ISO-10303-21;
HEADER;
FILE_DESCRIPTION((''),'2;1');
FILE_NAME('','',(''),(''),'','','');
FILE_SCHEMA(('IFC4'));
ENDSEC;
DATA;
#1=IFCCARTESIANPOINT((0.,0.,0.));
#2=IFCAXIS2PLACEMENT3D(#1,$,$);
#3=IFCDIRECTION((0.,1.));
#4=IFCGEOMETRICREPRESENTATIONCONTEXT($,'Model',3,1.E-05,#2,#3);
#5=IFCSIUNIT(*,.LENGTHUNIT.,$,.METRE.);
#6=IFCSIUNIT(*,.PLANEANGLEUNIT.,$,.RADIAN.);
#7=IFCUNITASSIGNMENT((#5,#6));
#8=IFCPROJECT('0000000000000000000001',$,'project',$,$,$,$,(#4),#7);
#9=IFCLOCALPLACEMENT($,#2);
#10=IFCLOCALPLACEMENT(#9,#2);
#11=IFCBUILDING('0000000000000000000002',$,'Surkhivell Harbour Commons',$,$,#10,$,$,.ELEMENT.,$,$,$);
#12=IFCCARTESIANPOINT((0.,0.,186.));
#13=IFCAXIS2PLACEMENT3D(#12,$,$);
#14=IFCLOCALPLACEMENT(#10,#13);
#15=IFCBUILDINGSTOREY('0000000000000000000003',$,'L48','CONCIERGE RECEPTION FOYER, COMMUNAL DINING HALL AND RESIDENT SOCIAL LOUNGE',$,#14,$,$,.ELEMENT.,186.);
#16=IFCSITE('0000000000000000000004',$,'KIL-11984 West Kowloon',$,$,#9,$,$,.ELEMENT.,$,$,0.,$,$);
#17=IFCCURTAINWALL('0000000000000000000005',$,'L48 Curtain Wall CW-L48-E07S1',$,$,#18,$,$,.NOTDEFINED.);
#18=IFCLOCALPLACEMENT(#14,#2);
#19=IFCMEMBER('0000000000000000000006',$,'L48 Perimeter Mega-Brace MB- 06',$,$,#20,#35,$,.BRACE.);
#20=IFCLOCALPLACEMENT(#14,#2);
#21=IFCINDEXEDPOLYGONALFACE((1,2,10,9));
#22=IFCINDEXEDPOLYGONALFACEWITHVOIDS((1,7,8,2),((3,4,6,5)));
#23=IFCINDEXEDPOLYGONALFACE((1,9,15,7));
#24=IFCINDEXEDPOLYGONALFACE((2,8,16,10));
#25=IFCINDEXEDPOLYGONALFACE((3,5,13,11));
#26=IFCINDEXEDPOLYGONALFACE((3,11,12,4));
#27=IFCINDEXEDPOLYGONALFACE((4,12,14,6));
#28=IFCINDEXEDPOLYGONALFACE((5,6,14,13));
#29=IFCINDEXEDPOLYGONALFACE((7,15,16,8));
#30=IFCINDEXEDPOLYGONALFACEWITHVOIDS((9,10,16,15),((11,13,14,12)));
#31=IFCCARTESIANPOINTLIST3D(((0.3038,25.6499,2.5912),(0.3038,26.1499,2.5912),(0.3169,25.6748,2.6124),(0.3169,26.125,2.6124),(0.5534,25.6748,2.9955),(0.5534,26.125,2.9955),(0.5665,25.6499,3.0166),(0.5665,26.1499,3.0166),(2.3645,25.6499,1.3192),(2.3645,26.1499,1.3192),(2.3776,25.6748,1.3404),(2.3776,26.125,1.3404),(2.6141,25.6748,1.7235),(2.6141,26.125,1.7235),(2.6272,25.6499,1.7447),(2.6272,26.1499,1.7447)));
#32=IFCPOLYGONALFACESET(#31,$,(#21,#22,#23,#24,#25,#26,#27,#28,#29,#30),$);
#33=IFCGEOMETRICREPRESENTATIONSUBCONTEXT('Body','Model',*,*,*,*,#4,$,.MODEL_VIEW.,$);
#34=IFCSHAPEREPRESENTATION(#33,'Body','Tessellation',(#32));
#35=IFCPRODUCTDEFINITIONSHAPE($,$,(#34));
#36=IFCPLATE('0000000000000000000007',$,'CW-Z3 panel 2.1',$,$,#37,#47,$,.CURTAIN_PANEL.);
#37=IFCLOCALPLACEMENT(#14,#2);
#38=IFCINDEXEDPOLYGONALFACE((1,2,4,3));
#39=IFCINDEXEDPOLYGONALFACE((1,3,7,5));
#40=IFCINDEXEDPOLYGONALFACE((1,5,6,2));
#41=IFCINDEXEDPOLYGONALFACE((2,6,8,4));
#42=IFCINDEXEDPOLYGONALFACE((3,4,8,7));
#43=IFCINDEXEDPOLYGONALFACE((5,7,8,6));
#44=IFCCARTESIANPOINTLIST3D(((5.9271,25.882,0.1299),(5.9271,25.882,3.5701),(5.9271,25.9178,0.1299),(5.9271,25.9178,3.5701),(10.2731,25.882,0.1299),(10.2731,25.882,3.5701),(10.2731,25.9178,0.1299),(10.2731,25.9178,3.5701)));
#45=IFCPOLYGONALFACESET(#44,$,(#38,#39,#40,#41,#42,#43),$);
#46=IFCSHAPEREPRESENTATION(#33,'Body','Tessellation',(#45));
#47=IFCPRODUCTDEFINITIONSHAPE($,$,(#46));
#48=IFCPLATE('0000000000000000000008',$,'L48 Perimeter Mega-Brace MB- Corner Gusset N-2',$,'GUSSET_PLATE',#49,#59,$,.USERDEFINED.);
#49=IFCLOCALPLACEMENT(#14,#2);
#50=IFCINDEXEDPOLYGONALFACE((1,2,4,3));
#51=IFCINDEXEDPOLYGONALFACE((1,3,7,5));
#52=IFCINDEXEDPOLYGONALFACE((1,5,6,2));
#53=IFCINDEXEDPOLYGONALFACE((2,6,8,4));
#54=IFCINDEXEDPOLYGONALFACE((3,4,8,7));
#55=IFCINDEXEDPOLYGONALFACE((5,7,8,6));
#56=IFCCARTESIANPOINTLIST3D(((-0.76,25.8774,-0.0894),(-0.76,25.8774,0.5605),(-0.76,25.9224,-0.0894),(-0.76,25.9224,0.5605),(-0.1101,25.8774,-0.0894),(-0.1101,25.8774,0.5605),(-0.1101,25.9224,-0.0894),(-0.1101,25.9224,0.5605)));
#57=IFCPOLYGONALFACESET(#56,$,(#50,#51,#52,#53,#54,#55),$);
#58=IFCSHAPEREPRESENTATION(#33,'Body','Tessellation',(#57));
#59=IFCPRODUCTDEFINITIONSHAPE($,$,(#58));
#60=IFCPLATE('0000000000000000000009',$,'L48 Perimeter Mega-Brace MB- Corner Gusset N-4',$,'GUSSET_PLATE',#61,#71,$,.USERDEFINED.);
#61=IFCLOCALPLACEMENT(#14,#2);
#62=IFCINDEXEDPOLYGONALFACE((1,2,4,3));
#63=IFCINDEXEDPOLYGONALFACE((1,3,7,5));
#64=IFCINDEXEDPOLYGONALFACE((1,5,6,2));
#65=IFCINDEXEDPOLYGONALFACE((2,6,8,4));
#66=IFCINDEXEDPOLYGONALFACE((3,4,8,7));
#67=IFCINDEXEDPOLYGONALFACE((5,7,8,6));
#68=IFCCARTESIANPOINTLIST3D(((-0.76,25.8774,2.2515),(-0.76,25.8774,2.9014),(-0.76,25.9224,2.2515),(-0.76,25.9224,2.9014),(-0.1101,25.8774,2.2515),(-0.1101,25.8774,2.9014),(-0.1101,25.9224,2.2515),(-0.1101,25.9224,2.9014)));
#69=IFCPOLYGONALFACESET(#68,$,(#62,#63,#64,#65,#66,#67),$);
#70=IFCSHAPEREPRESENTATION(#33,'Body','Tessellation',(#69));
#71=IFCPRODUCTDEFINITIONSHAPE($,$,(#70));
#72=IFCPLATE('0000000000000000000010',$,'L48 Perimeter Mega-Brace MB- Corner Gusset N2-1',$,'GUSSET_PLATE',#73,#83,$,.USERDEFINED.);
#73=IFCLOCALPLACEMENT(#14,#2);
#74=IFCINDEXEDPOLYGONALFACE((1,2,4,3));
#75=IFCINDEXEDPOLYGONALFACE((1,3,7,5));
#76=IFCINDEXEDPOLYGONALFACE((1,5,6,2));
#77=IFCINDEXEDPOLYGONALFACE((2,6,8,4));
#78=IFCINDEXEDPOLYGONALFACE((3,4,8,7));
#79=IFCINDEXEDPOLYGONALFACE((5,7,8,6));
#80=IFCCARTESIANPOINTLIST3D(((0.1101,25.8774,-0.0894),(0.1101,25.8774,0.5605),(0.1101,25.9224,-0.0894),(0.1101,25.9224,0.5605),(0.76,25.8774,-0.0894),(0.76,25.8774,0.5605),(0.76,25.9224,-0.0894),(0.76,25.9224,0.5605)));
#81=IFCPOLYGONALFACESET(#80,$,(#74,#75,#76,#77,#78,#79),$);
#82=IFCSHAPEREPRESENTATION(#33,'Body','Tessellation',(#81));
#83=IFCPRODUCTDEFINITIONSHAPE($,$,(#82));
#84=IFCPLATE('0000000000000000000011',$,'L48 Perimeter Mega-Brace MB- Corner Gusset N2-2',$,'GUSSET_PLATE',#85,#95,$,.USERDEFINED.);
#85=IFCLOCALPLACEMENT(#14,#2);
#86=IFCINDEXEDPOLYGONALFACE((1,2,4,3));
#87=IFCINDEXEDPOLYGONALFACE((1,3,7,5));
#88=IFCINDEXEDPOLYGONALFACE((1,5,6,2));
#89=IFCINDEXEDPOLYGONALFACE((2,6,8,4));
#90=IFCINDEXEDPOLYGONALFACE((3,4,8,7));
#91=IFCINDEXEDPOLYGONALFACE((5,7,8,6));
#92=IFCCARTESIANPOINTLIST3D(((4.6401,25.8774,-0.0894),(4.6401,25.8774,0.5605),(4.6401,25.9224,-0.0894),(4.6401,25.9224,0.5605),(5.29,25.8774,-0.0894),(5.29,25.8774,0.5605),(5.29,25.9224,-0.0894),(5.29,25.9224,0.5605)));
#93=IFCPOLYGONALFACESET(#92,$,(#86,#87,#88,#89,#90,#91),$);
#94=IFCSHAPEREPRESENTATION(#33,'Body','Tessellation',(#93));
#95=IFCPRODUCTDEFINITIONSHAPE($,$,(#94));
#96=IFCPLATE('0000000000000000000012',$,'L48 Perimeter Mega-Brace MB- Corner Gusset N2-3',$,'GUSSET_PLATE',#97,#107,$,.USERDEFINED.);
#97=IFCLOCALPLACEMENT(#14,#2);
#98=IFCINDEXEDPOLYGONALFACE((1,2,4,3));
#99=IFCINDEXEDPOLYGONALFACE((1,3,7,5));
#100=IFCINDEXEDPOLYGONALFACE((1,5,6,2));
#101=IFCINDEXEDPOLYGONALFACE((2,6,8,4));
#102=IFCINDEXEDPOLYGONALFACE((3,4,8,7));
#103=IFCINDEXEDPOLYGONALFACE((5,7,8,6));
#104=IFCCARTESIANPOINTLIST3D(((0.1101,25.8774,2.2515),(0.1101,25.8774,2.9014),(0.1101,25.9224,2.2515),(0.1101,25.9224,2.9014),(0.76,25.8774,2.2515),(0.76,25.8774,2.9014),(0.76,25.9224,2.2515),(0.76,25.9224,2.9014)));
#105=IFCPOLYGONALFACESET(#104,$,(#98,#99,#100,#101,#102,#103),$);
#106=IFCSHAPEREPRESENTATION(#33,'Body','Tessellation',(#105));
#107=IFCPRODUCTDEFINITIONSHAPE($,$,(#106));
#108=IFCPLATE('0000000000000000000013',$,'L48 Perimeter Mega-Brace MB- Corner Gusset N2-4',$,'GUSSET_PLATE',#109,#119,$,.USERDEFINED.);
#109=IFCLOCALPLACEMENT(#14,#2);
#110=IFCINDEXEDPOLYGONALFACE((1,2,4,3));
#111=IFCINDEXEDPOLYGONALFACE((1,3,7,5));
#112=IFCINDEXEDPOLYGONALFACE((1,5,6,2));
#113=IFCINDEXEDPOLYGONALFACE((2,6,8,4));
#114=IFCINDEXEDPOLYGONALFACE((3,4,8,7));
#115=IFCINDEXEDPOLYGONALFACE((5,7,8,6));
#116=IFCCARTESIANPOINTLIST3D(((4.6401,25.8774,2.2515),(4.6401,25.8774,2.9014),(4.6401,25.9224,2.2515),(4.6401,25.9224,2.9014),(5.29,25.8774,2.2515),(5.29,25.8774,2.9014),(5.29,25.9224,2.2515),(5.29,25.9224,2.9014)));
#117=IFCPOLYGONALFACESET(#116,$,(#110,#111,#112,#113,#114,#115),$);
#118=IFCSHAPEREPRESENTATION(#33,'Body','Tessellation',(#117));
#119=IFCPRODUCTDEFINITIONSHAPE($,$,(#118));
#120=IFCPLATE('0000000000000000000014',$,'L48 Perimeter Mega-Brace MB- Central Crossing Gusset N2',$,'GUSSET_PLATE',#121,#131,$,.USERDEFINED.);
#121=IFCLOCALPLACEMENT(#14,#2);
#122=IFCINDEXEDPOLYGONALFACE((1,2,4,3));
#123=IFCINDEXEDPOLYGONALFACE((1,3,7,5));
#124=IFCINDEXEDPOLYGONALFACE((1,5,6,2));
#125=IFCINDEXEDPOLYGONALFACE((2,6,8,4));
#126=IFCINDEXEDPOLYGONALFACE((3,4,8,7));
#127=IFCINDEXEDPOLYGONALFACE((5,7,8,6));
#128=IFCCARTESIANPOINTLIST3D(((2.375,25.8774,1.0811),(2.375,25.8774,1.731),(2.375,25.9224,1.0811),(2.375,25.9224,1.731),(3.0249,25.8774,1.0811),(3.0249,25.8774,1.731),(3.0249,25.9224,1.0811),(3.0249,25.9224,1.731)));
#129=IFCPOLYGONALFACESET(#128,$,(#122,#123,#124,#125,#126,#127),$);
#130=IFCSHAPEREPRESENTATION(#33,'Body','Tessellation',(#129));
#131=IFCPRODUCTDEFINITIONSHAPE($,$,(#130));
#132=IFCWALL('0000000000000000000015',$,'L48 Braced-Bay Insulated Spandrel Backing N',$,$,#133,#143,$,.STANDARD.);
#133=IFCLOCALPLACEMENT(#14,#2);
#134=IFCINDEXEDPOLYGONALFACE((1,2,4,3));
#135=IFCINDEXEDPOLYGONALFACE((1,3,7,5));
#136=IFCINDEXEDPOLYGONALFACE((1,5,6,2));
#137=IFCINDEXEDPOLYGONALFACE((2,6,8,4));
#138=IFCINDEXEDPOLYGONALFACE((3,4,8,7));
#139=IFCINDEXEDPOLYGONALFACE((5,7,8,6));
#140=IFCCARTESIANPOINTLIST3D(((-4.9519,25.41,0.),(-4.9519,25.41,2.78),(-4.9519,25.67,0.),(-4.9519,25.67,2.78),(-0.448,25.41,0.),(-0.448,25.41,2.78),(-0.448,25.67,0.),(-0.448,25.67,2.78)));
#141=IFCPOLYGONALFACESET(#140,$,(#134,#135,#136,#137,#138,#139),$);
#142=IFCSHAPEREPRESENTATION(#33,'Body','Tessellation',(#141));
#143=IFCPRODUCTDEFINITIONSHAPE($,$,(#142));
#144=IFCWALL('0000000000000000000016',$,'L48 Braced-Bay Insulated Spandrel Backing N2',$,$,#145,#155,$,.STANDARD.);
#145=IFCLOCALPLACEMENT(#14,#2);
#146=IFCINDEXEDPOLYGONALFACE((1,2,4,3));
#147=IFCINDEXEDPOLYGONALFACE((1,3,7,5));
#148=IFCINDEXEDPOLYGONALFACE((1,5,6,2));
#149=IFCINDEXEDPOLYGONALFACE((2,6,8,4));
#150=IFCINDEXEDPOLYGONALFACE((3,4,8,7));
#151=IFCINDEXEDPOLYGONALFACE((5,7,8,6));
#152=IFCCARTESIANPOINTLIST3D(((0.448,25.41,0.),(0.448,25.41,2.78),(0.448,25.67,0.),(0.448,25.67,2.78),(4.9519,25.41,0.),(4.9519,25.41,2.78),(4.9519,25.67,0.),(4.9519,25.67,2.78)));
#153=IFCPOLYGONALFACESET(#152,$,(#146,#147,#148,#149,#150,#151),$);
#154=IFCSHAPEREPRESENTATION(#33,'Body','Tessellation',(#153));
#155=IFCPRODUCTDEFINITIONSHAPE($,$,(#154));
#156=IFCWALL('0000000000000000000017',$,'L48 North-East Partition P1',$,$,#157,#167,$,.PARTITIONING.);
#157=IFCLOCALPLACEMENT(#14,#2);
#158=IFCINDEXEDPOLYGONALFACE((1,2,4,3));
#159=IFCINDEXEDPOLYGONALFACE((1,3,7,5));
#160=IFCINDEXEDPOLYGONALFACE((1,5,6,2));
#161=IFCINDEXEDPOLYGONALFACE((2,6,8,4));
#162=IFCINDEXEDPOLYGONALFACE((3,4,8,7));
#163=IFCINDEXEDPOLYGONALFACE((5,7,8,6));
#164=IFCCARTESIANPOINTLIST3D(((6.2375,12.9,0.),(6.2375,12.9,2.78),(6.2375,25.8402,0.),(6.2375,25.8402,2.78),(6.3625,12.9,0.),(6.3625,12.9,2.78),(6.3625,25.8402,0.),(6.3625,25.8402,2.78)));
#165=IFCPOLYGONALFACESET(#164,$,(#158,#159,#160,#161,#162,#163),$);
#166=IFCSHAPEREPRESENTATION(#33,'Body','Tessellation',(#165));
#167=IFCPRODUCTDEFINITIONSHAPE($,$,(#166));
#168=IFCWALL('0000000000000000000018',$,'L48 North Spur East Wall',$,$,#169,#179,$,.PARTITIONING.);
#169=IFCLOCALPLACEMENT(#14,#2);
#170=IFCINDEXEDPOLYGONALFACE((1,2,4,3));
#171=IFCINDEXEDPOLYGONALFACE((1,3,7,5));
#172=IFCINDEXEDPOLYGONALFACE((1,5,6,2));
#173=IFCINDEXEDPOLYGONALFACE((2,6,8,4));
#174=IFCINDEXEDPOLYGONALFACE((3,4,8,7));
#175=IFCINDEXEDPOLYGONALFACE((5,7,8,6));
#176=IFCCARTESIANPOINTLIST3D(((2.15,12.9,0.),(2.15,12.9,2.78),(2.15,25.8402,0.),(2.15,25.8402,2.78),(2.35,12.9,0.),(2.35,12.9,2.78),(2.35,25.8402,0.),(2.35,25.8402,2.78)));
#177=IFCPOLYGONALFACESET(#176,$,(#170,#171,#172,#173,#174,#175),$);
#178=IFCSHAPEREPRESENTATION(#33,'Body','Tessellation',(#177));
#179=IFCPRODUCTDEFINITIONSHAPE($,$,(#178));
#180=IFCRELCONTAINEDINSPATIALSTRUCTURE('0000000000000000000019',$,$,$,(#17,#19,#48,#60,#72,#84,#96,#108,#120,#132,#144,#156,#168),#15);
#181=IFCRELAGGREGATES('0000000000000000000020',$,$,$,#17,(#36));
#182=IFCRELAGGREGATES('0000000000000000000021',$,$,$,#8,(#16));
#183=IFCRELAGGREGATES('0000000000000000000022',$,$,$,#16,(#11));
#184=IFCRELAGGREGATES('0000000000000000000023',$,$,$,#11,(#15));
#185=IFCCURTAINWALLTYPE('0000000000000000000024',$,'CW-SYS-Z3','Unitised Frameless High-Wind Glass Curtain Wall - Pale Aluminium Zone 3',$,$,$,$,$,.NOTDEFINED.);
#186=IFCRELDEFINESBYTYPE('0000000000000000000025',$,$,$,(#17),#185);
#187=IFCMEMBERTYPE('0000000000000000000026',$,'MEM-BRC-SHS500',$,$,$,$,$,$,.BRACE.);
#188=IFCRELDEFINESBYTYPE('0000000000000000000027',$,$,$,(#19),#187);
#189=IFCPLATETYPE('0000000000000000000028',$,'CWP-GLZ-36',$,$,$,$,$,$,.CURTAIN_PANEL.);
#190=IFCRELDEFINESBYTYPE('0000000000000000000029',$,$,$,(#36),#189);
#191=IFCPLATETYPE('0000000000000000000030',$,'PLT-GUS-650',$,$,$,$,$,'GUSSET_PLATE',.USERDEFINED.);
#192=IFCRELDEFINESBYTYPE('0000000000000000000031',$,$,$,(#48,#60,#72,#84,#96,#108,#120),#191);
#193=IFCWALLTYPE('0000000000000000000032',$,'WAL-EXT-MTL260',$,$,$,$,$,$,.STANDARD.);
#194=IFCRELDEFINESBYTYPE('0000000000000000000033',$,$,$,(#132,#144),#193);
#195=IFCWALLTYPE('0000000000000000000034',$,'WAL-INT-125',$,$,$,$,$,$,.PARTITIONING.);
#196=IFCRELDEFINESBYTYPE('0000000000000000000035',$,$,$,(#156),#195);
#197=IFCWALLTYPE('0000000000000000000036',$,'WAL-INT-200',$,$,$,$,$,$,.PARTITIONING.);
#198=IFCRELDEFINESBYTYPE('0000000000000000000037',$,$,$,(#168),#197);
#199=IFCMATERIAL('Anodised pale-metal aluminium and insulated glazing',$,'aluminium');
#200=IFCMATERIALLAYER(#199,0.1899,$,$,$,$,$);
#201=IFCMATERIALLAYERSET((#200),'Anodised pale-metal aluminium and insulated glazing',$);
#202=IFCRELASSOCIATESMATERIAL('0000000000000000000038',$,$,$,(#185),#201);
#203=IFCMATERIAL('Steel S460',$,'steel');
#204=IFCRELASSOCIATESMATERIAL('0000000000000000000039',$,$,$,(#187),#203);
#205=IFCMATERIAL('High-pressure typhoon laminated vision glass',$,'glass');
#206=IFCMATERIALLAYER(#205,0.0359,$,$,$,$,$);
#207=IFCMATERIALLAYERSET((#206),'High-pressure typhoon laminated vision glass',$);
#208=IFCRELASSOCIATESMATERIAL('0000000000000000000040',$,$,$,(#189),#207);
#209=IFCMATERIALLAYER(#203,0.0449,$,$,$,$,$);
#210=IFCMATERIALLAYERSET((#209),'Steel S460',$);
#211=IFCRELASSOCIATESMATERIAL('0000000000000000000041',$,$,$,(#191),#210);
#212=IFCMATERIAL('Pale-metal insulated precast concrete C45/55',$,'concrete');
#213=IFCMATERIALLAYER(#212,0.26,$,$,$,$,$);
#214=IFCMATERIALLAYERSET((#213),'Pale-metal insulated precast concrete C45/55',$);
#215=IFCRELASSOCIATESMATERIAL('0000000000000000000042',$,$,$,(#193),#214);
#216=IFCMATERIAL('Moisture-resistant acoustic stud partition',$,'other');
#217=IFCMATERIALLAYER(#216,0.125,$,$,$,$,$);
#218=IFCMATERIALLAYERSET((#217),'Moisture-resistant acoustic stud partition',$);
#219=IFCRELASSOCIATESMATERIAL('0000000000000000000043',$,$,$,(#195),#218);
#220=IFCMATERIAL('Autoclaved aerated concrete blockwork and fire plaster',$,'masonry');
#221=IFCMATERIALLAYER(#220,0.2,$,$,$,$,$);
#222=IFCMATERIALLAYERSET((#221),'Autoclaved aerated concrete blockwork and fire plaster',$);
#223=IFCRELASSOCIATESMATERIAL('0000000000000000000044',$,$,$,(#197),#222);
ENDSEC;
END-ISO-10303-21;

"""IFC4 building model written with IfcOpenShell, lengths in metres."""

from ifc_helpers import new_model, si_unit, direction, frame, frame_2d, origin, origin_2d, place, context, subcontext, project, spatial, rectangle, hollow_rectangle, extrude, material, layer, layer_set, material_profile, profile_set, type_object, element, aggregate, save


model = new_model("IFC4")

# Units and contexts
model_context = context("Model", 3, precision=1e-05, world=origin(), true_north=direction((0.0, 1.0)))
body_context = subcontext(model_context, "Body", "Model", "MODEL_VIEW")
ifc_project = project(units=[si_unit("LENGTHUNIT", "METRE"), si_unit("PLANEANGLEUNIT", "RADIAN")], contexts=[model_context])

# Site, building, storey
site_placement = place(None, origin())
site = spatial("IfcSite", under=ifc_project, at=site_placement, Name="KIL-11984 West Kowloon", CompositionType="ELEMENT", RefElevation=0.0)
building_placement = place(site_placement, origin())
building = spatial("IfcBuilding", under=site, at=building_placement, Name="Surkhivell Harbour Commons", CompositionType="ELEMENT")
storey_placement = place(building_placement, frame((0.0, 0.0, 186.0)))
storey = spatial("IfcBuildingStorey", under=building, at=storey_placement, Name="L48", Description="CONCIERGE RECEPTION FOYER, COMMUNAL DINING HALL AND RESIDENT SOCIAL LOUNGE", CompositionType="ELEMENT", Elevation=186.0)

# Curtain wall
ifc_material_1 = material(Name="Anodised pale-metal aluminium and insulated glazing", Category="aluminium")
ifc_layer_1 = layer(ifc_material_1, 0.1899)
ifc_layer_set_1 = layer_set([ifc_layer_1], Name="Anodised pale-metal aluminium and insulated glazing")
curtain_wall_type = type_object("IfcCurtainWallType", Name="CW-SYS-Z3", Description="Unitised Frameless High-Wind Glass Curtain Wall - Pale Aluminium Zone 3", PredefinedType="NOTDEFINED", material=ifc_layer_set_1)
curtain_wall_placement = place(storey_placement, origin())
curtain_wall = element("IfcCurtainWall", 1, at=curtain_wall_placement, inside=storey, type_object=curtain_wall_type, Name="L48 Curtain Wall CW-L48-E07S1", PredefinedType="NOTDEFINED")

# Member
ifc_material_2 = material(Name="Steel S460", Category="steel")
ifc_material_profile_1 = material_profile(ifc_material_2, hollow_rectangle(XDim=0.5, YDim=0.5, WallThickness=0.0249, at=origin_2d()), Name="SHS500x500x25")
ifc_profile_set_1 = profile_set([ifc_material_profile_1], Name="Steel S460")
member_type_1 = type_object("IfcMemberType", Name="MEM-BRC-SHS500", PredefinedType="BRACE", material=ifc_profile_set_1)
for number, where, z_axis, x_axis, name in (
    (2, (2.4958, 25.8999, 1.532), (-0.850958, 0.0, 0.525233), (0.0, -1.0, 0.0), "L48 Perimeter Mega-Brace MB- 06"),
):
    element("IfcMember", number, at=place(storey_placement, frame(where, z_axis=z_axis, x_axis=x_axis)), inside=storey, type_object=member_type_1, Name=name, PredefinedType="BRACE", context=body_context, shape_type="SweptSolid", body=[
        extrude(hollow_rectangle(XDim=0.5, YDim=0.5, WallThickness=0.0249, at=origin_2d()), origin(), (0.0, 0.0, 1.0), 2.4216),
    ])

# Plate
ifc_material_3 = material(Name="High-pressure typhoon laminated vision glass", Category="glass")
ifc_layer_2 = layer(ifc_material_3, 0.0359)
ifc_layer_set_2 = layer_set([ifc_layer_2], Name="High-pressure typhoon laminated vision glass")
plate_type_1 = type_object("IfcPlateType", Name="CWP-GLZ-36", PredefinedType="CURTAIN_PANEL", material=ifc_layer_set_2)
plate_placement = place(storey_placement, frame((10.2729, 25.8999, 0.1299), z_axis=(0.0, 0.0, 1.0), x_axis=(-1.0, 0.0, 0.0)))
plate = element("IfcPlate", 3, at=plate_placement, type_object=plate_type_1, Name="CW-Z3 panel 2.1", PredefinedType="CURTAIN_PANEL", context=body_context, shape_type="SweptSolid", body=[
    extrude(rectangle(XDim=4.3459, YDim=0.0359, at=frame_2d((2.1729, 0.0))), origin(), (0.0, 0.0, 1.0), 3.4402),
])
aggregate(curtain_wall, [plate])

# Plates
ifc_layer_3 = layer(ifc_material_2, 0.0449)
ifc_layer_set_3 = layer_set([ifc_layer_3], Name="Steel S460")
plate_type_2 = type_object("IfcPlateType", Name="PLT-GUS-650", ElementType="GUSSET_PLATE", PredefinedType="USERDEFINED", material=ifc_layer_set_3)
for number, where, z_axis, x_axis, name in (
    (4, (-0.4351, 25.8999, -0.0894), (0.0, 0.0, 1.0), (1.0, 0.0, 0.0), "L48 Perimeter Mega-Brace MB- Corner Gusset N-2"),
    (5, (-0.4351, 25.8999, 2.2515), (0.0, 0.0, 1.0), (1.0, 0.0, 0.0), "L48 Perimeter Mega-Brace MB- Corner Gusset N-4"),
    (6, (0.4351, 25.8999, -0.0894), (0.0, 0.0, 1.0), (1.0, 0.0, 0.0), "L48 Perimeter Mega-Brace MB- Corner Gusset N2-1"),
    (7, (4.9651, 25.8999, -0.0894), (0.0, 0.0, 1.0), (1.0, 0.0, 0.0), "L48 Perimeter Mega-Brace MB- Corner Gusset N2-2"),
    (8, (0.4351, 25.8999, 2.2515), (0.0, 0.0, 1.0), (1.0, 0.0, 0.0), "L48 Perimeter Mega-Brace MB- Corner Gusset N2-3"),
    (9, (4.9651, 25.8999, 2.2515), (0.0, 0.0, 1.0), (1.0, 0.0, 0.0), "L48 Perimeter Mega-Brace MB- Corner Gusset N2-4"),
    (10, (2.7, 25.8999, 1.0811), (0.0, 0.0, 1.0), (1.0, 0.0, 0.0), "L48 Perimeter Mega-Brace MB- Central Crossing Gusset N2"),
):
    element("IfcPlate", number, at=place(storey_placement, frame(where, z_axis=z_axis, x_axis=x_axis)), inside=storey, type_object=plate_type_2, Name=name, ObjectType="GUSSET_PLATE", PredefinedType="USERDEFINED", context=body_context, shape_type="SweptSolid", body=[
        extrude(rectangle(XDim=0.6499, YDim=0.0449, at=origin_2d()), origin(), (0.0, 0.0, 1.0), 0.6499),
    ])

# Walls
ifc_material_4 = material(Name="Pale-metal insulated precast concrete C45/55", Category="concrete")
ifc_layer_4 = layer(ifc_material_4, 0.26)
ifc_layer_set_4 = layer_set([ifc_layer_4], Name="Pale-metal insulated precast concrete C45/55")
wall_type_1 = type_object("IfcWallType", Name="WAL-EXT-MTL260", PredefinedType="STANDARD", material=ifc_layer_set_4)
for number, where, z_axis, x_axis, name in (
    (11, (-0.448, 25.54, 0.0), (0.0, 0.0, 1.0), (-1.0, 0.0, 0.0), "L48 Braced-Bay Insulated Spandrel Backing N"),
    (12, (4.9519, 25.54, 0.0), (0.0, 0.0, 1.0), (-1.0, 0.0, 0.0), "L48 Braced-Bay Insulated Spandrel Backing N2"),
):
    element("IfcWall", number, at=place(storey_placement, frame(where, z_axis=z_axis, x_axis=x_axis)), inside=storey, type_object=wall_type_1, Name=name, PredefinedType="STANDARD", context=body_context, shape_type="SweptSolid", body=[
        extrude(rectangle(XDim=4.5039, YDim=0.26, at=frame_2d((2.252, 0.0))), origin(), (0.0, 0.0, 1.0), 2.78),
    ])
ifc_material_5 = material(Name="Moisture-resistant acoustic stud partition", Category="other")
ifc_layer_5 = layer(ifc_material_5, 0.125)
ifc_layer_set_5 = layer_set([ifc_layer_5], Name="Moisture-resistant acoustic stud partition")
wall_type_2 = type_object("IfcWallType", Name="WAL-INT-125", PredefinedType="PARTITIONING", material=ifc_layer_set_5)
wall_1_placement = place(storey_placement, frame((6.3, 12.8999, 0.0), z_axis=(0.0, 0.0, 1.0), x_axis=(0.0, 1.0, 0.0)))
element("IfcWall", 13, at=wall_1_placement, inside=storey, type_object=wall_type_2, Name="L48 North-East Partition P1", PredefinedType="PARTITIONING", context=body_context, shape_type="SweptSolid", body=[
    extrude(rectangle(XDim=12.9402, YDim=0.125, at=frame_2d((6.4702, 0.0))), origin(), (0.0, 0.0, 1.0), 2.78),
])
ifc_material_6 = material(Name="Autoclaved aerated concrete blockwork and fire plaster", Category="masonry")
ifc_layer_6 = layer(ifc_material_6, 0.2)
ifc_layer_set_6 = layer_set([ifc_layer_6], Name="Autoclaved aerated concrete blockwork and fire plaster")
wall_type_3 = type_object("IfcWallType", Name="WAL-INT-200", PredefinedType="PARTITIONING", material=ifc_layer_set_6)
wall_2_placement = place(storey_placement, frame((2.25, 12.8999, 0.0), z_axis=(0.0, 0.0, 1.0), x_axis=(0.0, 1.0, 0.0)))
element("IfcWall", 14, at=wall_2_placement, inside=storey, type_object=wall_type_3, Name="L48 North Spur East Wall", PredefinedType="PARTITIONING", context=body_context, shape_type="SweptSolid", body=[
    extrude(rectangle(XDim=12.9402, YDim=0.2, at=frame_2d((6.4702, 0.0))), origin(), (0.0, 0.0, 1.0), 2.78),
])

save(model, "model.ifc")
